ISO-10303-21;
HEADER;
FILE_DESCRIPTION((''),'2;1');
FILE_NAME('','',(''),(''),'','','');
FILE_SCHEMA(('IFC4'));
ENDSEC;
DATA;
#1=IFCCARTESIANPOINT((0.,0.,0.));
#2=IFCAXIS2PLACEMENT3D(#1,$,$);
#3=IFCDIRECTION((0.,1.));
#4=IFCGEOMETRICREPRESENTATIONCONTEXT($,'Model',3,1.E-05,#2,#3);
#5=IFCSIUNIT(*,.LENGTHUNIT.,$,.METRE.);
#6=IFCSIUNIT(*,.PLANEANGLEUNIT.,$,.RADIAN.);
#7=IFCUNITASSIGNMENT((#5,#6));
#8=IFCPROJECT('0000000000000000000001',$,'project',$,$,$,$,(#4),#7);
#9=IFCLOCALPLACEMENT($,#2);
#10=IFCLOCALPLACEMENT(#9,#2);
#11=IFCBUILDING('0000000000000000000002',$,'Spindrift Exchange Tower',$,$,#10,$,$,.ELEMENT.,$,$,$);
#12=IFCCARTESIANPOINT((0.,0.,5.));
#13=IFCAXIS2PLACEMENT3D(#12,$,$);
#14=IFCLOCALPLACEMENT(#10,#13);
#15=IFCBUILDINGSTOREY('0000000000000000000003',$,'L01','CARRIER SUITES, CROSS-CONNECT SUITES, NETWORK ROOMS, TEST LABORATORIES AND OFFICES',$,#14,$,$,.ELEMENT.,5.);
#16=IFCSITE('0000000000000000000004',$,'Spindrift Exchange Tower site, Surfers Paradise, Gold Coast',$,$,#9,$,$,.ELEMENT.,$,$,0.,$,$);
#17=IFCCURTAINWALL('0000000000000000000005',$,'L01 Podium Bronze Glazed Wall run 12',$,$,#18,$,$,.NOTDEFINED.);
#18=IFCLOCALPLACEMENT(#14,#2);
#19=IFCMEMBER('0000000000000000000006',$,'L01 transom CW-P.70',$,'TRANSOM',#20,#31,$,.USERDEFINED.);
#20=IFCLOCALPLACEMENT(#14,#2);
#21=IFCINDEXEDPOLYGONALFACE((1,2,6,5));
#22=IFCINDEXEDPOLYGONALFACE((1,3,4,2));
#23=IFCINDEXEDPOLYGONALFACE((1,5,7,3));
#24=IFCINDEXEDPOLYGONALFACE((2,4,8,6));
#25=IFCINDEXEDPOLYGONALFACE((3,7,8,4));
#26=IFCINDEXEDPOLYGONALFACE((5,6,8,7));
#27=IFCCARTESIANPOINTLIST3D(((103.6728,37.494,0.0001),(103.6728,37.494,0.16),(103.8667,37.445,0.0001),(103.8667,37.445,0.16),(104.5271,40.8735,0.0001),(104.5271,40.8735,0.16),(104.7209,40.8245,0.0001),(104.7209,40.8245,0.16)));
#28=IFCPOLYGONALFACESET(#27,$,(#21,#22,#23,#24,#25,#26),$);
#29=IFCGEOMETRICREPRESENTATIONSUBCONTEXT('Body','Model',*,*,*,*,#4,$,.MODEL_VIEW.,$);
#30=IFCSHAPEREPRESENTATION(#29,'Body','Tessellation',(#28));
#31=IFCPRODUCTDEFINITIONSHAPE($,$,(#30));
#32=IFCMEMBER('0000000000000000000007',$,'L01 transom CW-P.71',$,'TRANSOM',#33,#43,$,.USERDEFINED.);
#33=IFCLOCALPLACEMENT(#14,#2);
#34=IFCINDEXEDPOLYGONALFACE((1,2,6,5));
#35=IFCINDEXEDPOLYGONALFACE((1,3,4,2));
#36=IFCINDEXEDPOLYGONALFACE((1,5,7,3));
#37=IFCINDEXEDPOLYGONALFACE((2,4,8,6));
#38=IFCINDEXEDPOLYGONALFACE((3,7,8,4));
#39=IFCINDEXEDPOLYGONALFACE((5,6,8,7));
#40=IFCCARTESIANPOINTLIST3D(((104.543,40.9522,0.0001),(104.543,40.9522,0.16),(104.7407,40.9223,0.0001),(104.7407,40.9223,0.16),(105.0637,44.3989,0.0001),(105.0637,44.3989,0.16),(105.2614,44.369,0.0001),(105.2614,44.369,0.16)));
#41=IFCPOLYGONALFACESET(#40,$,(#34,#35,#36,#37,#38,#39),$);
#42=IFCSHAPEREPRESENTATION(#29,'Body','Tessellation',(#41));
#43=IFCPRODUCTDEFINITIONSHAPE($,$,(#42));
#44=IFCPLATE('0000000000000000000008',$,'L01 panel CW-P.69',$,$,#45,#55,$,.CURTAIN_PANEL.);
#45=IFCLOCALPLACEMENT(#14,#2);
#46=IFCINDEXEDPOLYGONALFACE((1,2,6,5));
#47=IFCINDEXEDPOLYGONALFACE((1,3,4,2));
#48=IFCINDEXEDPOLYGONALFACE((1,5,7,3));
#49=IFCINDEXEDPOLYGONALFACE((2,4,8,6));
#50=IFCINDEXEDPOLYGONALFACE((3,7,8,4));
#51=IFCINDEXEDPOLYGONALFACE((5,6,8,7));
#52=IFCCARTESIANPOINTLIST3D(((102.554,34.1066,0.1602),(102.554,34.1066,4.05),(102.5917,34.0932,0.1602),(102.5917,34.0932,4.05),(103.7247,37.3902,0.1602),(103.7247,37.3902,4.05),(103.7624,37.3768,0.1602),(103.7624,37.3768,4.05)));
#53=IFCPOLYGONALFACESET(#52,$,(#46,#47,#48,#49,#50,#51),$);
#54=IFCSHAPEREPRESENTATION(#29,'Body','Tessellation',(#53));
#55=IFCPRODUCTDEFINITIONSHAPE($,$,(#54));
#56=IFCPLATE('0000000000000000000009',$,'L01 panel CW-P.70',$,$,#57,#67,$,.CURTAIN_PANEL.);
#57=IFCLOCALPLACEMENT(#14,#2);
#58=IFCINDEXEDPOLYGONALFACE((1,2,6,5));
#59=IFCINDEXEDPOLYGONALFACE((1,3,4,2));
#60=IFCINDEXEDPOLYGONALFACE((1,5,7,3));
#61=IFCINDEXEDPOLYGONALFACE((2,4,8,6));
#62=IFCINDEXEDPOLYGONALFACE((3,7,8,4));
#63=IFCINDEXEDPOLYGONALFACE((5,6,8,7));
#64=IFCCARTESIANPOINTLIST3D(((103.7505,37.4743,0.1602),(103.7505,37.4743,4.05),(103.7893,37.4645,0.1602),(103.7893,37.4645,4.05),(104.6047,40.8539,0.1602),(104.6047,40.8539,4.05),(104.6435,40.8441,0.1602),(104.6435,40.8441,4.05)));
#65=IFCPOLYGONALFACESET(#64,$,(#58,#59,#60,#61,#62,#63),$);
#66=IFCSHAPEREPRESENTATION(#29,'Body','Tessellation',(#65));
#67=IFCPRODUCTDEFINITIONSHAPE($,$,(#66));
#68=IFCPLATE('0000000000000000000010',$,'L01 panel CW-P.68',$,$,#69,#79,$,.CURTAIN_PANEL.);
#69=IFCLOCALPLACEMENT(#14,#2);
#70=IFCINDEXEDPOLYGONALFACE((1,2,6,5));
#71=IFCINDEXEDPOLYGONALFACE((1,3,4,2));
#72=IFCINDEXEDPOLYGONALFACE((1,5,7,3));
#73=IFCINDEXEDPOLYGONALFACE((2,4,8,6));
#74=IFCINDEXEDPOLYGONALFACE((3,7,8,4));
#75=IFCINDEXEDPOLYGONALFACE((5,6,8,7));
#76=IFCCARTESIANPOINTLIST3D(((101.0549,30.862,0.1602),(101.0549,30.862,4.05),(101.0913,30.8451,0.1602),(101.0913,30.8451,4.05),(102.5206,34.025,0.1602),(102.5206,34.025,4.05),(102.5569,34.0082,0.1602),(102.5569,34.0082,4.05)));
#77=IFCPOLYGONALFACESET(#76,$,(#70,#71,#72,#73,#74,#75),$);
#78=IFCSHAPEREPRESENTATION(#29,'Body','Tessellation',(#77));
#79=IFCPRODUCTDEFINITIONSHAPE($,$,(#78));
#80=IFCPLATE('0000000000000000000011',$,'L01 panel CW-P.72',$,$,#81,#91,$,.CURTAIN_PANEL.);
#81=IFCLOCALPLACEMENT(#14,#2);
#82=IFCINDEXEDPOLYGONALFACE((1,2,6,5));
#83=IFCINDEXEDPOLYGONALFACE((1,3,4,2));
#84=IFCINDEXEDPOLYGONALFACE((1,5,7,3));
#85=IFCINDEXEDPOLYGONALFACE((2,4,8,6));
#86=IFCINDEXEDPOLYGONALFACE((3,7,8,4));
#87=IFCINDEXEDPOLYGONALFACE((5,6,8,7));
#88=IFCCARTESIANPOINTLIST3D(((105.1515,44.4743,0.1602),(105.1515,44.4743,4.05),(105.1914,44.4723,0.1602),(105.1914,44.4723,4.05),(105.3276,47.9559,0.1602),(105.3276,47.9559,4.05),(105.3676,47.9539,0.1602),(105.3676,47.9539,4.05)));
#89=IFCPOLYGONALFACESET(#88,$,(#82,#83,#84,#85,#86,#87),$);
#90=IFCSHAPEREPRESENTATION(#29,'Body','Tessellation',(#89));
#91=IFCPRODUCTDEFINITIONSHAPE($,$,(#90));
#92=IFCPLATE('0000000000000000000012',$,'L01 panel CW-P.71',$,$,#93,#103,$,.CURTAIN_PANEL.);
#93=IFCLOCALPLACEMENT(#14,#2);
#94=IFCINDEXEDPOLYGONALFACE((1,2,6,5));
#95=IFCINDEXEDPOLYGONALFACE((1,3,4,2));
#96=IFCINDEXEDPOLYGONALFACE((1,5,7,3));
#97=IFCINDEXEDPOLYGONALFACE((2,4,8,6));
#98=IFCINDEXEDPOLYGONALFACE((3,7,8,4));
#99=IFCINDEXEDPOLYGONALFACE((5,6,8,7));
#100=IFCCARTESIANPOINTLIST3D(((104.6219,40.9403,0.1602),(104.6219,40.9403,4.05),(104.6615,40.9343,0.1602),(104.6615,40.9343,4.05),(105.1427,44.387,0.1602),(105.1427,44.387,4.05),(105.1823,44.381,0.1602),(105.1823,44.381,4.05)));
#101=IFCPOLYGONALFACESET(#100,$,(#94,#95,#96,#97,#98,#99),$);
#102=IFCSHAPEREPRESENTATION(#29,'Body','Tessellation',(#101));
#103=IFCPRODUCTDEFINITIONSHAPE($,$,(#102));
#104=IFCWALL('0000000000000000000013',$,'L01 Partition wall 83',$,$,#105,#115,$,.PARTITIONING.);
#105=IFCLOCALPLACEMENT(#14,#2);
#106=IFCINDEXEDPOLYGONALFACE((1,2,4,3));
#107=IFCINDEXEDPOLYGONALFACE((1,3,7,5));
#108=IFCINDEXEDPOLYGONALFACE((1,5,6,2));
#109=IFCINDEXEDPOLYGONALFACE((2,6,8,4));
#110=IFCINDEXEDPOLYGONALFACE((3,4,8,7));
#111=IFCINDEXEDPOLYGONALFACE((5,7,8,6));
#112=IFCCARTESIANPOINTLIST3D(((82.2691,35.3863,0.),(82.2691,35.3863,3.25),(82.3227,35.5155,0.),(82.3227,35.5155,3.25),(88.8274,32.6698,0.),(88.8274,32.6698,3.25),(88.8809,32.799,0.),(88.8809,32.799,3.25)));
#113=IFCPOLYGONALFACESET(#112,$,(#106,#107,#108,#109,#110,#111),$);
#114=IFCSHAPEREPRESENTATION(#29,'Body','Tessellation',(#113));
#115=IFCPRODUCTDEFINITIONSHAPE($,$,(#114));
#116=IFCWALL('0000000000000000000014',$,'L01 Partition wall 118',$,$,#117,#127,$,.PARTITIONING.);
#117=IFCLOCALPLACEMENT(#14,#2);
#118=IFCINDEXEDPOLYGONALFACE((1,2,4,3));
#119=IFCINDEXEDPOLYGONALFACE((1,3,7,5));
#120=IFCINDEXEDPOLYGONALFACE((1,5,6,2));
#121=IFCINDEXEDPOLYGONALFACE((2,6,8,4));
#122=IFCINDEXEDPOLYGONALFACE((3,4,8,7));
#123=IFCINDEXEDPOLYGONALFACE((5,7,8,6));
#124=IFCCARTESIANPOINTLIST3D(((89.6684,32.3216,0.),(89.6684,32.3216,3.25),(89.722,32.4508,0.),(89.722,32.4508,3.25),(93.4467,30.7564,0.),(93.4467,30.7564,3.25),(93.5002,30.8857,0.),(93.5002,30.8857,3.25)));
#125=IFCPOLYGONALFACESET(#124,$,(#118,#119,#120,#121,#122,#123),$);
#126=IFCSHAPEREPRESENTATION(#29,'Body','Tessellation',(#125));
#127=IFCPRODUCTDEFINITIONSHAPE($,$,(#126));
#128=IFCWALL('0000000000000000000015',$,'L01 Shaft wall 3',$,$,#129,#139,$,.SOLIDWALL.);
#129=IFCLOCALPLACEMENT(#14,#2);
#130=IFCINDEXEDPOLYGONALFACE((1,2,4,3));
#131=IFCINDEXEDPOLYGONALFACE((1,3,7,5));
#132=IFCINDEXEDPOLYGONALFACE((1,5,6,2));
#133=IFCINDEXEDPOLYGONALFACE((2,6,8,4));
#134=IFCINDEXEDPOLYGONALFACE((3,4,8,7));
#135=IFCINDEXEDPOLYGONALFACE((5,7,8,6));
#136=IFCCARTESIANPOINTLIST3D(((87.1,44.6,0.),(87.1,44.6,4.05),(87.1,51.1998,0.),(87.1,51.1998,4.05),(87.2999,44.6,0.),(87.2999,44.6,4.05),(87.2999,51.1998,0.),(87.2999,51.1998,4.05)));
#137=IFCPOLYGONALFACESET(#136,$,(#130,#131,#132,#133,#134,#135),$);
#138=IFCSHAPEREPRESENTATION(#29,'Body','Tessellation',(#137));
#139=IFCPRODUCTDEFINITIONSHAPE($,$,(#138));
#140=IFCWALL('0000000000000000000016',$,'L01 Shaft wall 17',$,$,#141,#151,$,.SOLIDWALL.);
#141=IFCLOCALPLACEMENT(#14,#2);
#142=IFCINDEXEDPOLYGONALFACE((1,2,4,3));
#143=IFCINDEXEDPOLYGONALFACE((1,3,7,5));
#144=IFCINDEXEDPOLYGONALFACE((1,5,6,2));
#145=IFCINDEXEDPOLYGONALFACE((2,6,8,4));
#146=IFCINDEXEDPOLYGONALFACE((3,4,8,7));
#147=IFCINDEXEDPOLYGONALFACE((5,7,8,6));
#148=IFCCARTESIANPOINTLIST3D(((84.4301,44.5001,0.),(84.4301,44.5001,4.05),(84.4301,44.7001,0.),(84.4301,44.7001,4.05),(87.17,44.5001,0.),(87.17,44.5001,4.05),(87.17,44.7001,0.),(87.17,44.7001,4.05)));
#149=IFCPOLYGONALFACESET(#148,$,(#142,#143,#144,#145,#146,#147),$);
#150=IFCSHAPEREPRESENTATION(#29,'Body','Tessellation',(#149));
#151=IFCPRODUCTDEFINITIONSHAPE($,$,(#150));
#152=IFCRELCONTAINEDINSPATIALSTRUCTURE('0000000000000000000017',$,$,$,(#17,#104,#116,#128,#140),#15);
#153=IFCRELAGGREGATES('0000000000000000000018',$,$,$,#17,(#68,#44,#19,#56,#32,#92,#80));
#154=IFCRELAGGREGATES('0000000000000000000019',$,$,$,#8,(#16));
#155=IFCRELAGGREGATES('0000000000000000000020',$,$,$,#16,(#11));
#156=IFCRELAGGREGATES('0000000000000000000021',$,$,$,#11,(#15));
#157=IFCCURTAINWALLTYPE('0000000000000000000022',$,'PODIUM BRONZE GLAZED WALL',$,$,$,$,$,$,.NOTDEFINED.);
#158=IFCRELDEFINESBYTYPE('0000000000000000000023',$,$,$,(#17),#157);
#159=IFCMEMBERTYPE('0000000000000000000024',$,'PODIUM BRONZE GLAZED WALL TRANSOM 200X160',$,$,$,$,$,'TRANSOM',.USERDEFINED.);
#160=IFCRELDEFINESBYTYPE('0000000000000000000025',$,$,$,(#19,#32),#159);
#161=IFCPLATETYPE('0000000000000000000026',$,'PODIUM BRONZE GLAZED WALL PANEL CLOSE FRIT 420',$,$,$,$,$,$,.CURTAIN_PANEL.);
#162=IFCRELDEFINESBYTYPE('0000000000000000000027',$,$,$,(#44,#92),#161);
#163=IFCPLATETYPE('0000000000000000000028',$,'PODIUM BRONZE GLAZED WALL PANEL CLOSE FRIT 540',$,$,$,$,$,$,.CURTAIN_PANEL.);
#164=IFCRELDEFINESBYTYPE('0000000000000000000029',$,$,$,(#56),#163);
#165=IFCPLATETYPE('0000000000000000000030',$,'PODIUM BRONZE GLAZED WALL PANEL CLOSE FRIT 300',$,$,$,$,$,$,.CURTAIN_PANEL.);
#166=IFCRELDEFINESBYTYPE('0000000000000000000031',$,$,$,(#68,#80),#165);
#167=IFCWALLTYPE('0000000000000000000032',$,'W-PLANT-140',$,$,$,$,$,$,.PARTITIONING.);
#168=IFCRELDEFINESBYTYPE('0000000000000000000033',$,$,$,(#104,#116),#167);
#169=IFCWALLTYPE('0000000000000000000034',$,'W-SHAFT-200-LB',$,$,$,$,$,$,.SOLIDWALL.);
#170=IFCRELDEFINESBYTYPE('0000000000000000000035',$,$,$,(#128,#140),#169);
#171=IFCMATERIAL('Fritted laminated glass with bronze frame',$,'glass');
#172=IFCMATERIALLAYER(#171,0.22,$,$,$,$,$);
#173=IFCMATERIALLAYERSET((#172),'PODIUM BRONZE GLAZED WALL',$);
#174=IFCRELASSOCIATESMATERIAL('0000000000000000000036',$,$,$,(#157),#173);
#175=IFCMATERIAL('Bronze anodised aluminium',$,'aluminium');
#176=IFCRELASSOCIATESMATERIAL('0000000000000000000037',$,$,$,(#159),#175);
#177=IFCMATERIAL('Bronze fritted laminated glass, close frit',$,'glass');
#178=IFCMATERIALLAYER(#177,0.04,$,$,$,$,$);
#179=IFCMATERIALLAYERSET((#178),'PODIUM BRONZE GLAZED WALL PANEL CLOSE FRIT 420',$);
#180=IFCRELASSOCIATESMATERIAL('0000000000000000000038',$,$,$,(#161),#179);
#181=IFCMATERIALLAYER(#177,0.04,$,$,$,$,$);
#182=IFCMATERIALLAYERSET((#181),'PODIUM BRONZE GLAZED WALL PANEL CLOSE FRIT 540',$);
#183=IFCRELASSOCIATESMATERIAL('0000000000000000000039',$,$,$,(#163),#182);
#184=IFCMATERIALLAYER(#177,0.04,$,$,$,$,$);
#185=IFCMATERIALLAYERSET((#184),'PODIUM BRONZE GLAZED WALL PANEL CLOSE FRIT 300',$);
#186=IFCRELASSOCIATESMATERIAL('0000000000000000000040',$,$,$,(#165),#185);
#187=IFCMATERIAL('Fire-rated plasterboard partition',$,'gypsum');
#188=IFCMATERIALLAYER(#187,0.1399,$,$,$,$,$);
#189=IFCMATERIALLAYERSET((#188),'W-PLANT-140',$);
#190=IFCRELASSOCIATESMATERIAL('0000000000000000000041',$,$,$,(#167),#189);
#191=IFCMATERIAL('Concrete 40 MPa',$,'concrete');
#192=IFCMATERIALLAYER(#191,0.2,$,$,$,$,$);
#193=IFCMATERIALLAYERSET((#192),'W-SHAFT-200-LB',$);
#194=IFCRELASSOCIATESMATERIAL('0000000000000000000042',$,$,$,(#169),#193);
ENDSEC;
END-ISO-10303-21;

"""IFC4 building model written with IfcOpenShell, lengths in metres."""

from ifc_helpers import new_model, si_unit, direction, frame, frame_2d, origin, origin_2d, place, context, subcontext, project, spatial, rectangle, extrude, source, transform, mapped, material, layer, layer_set, material_profile, profile_set, type_object, element, aggregate, save


model = new_model("IFC4")

# Units and contexts
model_context = context("Model", 3, precision=1e-05, world=origin(), true_north=direction((0.0, 1.0)))
body_context = subcontext(model_context, "Body", "Model", "MODEL_VIEW")
ifc_project = project(units=[si_unit("LENGTHUNIT", "METRE"), si_unit("PLANEANGLEUNIT", "RADIAN")], contexts=[model_context])

# Site, building, storey
site_placement = place(None, origin())
site = spatial("IfcSite", under=ifc_project, at=site_placement, Name="Spindrift Exchange Tower site, Surfers Paradise, Gold Coast", CompositionType="ELEMENT", RefElevation=0.0)
building_placement = place(site_placement, origin())
building = spatial("IfcBuilding", under=site, at=building_placement, Name="Spindrift Exchange Tower", CompositionType="ELEMENT")
storey_placement = place(building_placement, frame((0.0, 0.0, 5.0)))
storey = spatial("IfcBuildingStorey", under=building, at=storey_placement, Name="L01", Description="CARRIER SUITES, CROSS-CONNECT SUITES, NETWORK ROOMS, TEST LABORATORIES AND OFFICES", CompositionType="ELEMENT", Elevation=5.0)

# Curtain wall, members, plates
ifc_material_1 = material(Name="Fritted laminated glass with bronze frame", Category="glass")
ifc_layer_1 = layer(ifc_material_1, 0.22)
ifc_layer_set_1 = layer_set([ifc_layer_1], Name="PODIUM BRONZE GLAZED WALL")
curtain_wall_type = type_object("IfcCurtainWallType", Name="PODIUM BRONZE GLAZED WALL", PredefinedType="NOTDEFINED", material=ifc_layer_set_1)
curtain_wall_placement = place(storey_placement, origin())
curtain_wall = element("IfcCurtainWall", 1, at=curtain_wall_placement, inside=storey, type_object=curtain_wall_type, Name="L01 Podium Bronze Glazed Wall run 12", PredefinedType="NOTDEFINED")
ifc_material_2 = material(Name="Bronze anodised aluminium", Category="aluminium")
ifc_material_profile_1 = material_profile(ifc_material_2, rectangle(XDim=0.2, YDim=0.1599, at=origin_2d()), Name="PODIUM BRONZE GLAZED WALL TRANSOM 200X160")
ifc_profile_set_1 = profile_set([ifc_material_profile_1], Name="Bronze anodised aluminium")
member_type_1 = type_object("IfcMemberType", Name="PODIUM BRONZE GLAZED WALL TRANSOM 200X160", ElementType="TRANSOM", PredefinedType="USERDEFINED", material=ifc_profile_set_1)
shared_shape_1 = source(origin(), body_context, "Body", "SweptSolid", [
    extrude(rectangle(XDim=0.2, YDim=0.1599, at=origin_2d()), origin(), (0.0, 0.0, 1.0), 3.4858),
])
member_1_placement = place(storey_placement, frame((103.7698, 37.4695, 0.0801), z_axis=(0.245056, 0.969509, 0.0), x_axis=(-0.969509, 0.245056, 0.0)))
member_1 = element("IfcMember", 2, at=member_1_placement, type_object=member_type_1, Name="L01 transom CW-P.70", ObjectType="TRANSOM", PredefinedType="USERDEFINED", context=body_context, shape_type="MappedRepresentation", body=[
    mapped(shared_shape_1, transform((0.0, 0.0, 0.0), scale=1.0)),
])
member_2_placement = place(storey_placement, frame((104.6418, 40.9373, 0.0801), z_axis=(0.149388, 0.988779, 0.0), x_axis=(-0.988779, 0.149388, 0.0)))
member_2 = element("IfcMember", 3, at=member_2_placement, type_object=member_type_1, Name="L01 transom CW-P.71", ObjectType="TRANSOM", PredefinedType="USERDEFINED", context=body_context, shape_type="MappedRepresentation", body=[
    mapped(shared_shape_1, transform((0.0, 0.0, 0.0), scale=1.0)),
])
ifc_material_3 = material(Name="Bronze fritted laminated glass, close frit", Category="glass")
ifc_layer_2 = layer(ifc_material_3, 0.04)
ifc_layer_set_2 = layer_set([ifc_layer_2], Name="PODIUM BRONZE GLAZED WALL PANEL CLOSE FRIT 420")
plate_type_1 = type_object("IfcPlateType", Name="PODIUM BRONZE GLAZED WALL PANEL CLOSE FRIT 420", PredefinedType="CURTAIN_PANEL", material=ifc_layer_set_2)
shared_shape_2 = source(origin(), body_context, "Body", "SweptSolid", [
    extrude(rectangle(XDim=3.4861, YDim=0.04, at=origin_2d()), origin(), (0.0, 0.0, 1.0), 3.8899),
])
plate_1_placement = place(storey_placement, frame((103.1582, 35.7417, 0.1602), z_axis=(0.0, 0.0, 1.0), x_axis=(0.335815, 0.941928, 0.0)))
plate_1 = element("IfcPlate", 4, at=plate_1_placement, type_object=plate_type_1, Name="L01 panel CW-P.69", PredefinedType="CURTAIN_PANEL", context=body_context, shape_type="MappedRepresentation", body=[
    mapped(shared_shape_2, transform((0.0, 0.0, 0.0), scale=1.0)),
])
ifc_layer_3 = layer(ifc_material_3, 0.04)
ifc_layer_set_3 = layer_set([ifc_layer_3], Name="PODIUM BRONZE GLAZED WALL PANEL CLOSE FRIT 540")
plate_type_2 = type_object("IfcPlateType", Name="PODIUM BRONZE GLAZED WALL PANEL CLOSE FRIT 540", PredefinedType="CURTAIN_PANEL", material=ifc_layer_set_3)
shared_shape_3 = source(origin(), body_context, "Body", "SweptSolid", [
    extrude(rectangle(XDim=3.4858, YDim=0.04, at=origin_2d()), origin(), (0.0, 0.0, 1.0), 3.8899),
])
plate_2_placement = place(storey_placement, frame((104.197, 39.1592, 0.1602), z_axis=(0.0, 0.0, 1.0), x_axis=(0.245055, 0.969509, 0.0)))
plate_2 = element("IfcPlate", 5, at=plate_2_placement, type_object=plate_type_2, Name="L01 panel CW-P.70", PredefinedType="CURTAIN_PANEL", context=body_context, shape_type="MappedRepresentation", body=[
    mapped(shared_shape_3, transform((0.0, 0.0, 0.0), scale=1.0)),
])
ifc_layer_4 = layer(ifc_material_3, 0.04)
ifc_layer_set_4 = layer_set([ifc_layer_4], Name="PODIUM BRONZE GLAZED WALL PANEL CLOSE FRIT 300")
plate_type_3 = type_object("IfcPlateType", Name="PODIUM BRONZE GLAZED WALL PANEL CLOSE FRIT 300", PredefinedType="CURTAIN_PANEL", material=ifc_layer_set_4)
shared_shape_4 = source(origin(), body_context, "Body", "SweptSolid", [
    extrude(rectangle(XDim=3.4861, YDim=0.04, at=origin_2d()), origin(), (0.0, 0.0, 1.0), 3.8899),
])
plate_3_placement = place(storey_placement, frame((101.8059, 32.4351, 0.1602), z_axis=(0.0, 0.0, 1.0), x_axis=(0.420418, 0.90733, 0.0)))
plate_3 = element("IfcPlate", 6, at=plate_3_placement, type_object=plate_type_3, Name="L01 panel CW-P.68", PredefinedType="CURTAIN_PANEL", context=body_context, shape_type="MappedRepresentation", body=[
    mapped(shared_shape_4, transform((0.0, 0.0, 0.0), scale=1.0)),
])
plate_4_placement = place(storey_placement, frame((105.2595, 46.2141, 0.1602), z_axis=(0.0, 0.0, 1.0), x_axis=(0.05053, 0.998723, 0.0)))
plate_4 = element("IfcPlate", 7, at=plate_4_placement, type_object=plate_type_3, Name="L01 panel CW-P.72", PredefinedType="CURTAIN_PANEL", context=body_context, shape_type="MappedRepresentation", body=[
    mapped(shared_shape_4, transform((0.0, 0.0, 0.0), scale=1.0)),
])
shared_shape_5 = source(origin(), body_context, "Body", "SweptSolid", [
    extrude(rectangle(XDim=3.4858, YDim=0.04, at=origin_2d()), origin(), (0.0, 0.0, 1.0), 3.8899),
])
plate_5_placement = place(storey_placement, frame((104.9021, 42.6606, 0.1602), z_axis=(0.0, 0.0, 1.0), x_axis=(0.149415, 0.988775, 0.0)))
plate_5 = element("IfcPlate", 8, at=plate_5_placement, type_object=plate_type_1, Name="L01 panel CW-P.71", PredefinedType="CURTAIN_PANEL", context=body_context, shape_type="MappedRepresentation", body=[
    mapped(shared_shape_5, transform((0.0, 0.0, 0.0), scale=1.0)),
])
aggregate(curtain_wall, [plate_3, plate_1, member_1, plate_2, member_2, plate_5, plate_4])

# Walls
ifc_material_4 = material(Name="Fire-rated plasterboard partition", Category="gypsum")
ifc_layer_5 = layer(ifc_material_4, 0.1399)
ifc_layer_set_5 = layer_set([ifc_layer_5], Name="W-PLANT-140")
wall_type_1 = type_object("IfcWallType", Name="W-PLANT-140", PredefinedType="PARTITIONING", material=ifc_layer_set_5)
wall_1_placement = place(storey_placement, frame((82.2959, 35.4509, 0.0), z_axis=(0.0, 0.0, 1.0), x_axis=(0.92388, -0.382683, 0.0)))
element("IfcWall", 9, at=wall_1_placement, inside=storey, type_object=wall_type_1, Name="L01 Partition wall 83", PredefinedType="PARTITIONING", context=body_context, shape_type="SweptSolid", body=[
    extrude(rectangle(XDim=7.0986, YDim=0.1399, at=frame_2d((3.5493, 0.0))), origin(), (0.0, 0.0, 1.0), 3.25),
])
wall_2_placement = place(storey_placement, frame((89.6951, 32.3862, 0.0), z_axis=(0.0, 0.0, 1.0), x_axis=(0.923866, -0.382716, 0.0)))
element("IfcWall", 10, at=wall_2_placement, inside=storey, type_object=wall_type_1, Name="L01 Partition wall 118", PredefinedType="PARTITIONING", context=body_context, shape_type="SweptSolid", body=[
    extrude(rectangle(XDim=4.0896, YDim=0.1399, at=frame_2d((2.0449, 0.0))), origin(), (0.0, 0.0, 1.0), 3.25),
])
ifc_material_5 = material(Name="Concrete 40 MPa", Category="concrete")
ifc_layer_6 = layer(ifc_material_5, 0.2)
ifc_layer_set_6 = layer_set([ifc_layer_6], Name="W-SHAFT-200-LB")
wall_type_2 = type_object("IfcWallType", Name="W-SHAFT-200-LB", PredefinedType="SOLIDWALL", material=ifc_layer_set_6)
wall_3_placement = place(storey_placement, frame((87.2, 44.6001, 0.0), z_axis=(0.0, 0.0, 1.0), x_axis=(0.0, 1.0, 0.0)))
element("IfcWall", 11, at=wall_3_placement, inside=storey, type_object=wall_type_2, Name="L01 Shaft wall 3", PredefinedType="SOLIDWALL", context=body_context, shape_type="SweptSolid", body=[
    extrude(rectangle(XDim=6.5999, YDim=0.2, at=frame_2d((3.2998, 0.0))), origin(), (0.0, 0.0, 1.0), 4.05),
])
wall_4_placement = place(storey_placement, frame((84.4299, 44.6001, 0.0), z_axis=(0.0, 0.0, 1.0), x_axis=(1.0, 0.0, 0.0)))
element("IfcWall", 12, at=wall_4_placement, inside=storey, type_object=wall_type_2, Name="L01 Shaft wall 17", PredefinedType="SOLIDWALL", context=body_context, shape_type="SweptSolid", body=[
    extrude(rectangle(XDim=2.74, YDim=0.2, at=frame_2d((1.3701, 0.0))), origin(), (0.0, 0.0, 1.0), 4.05),
])

save(model, "model.ifc")
